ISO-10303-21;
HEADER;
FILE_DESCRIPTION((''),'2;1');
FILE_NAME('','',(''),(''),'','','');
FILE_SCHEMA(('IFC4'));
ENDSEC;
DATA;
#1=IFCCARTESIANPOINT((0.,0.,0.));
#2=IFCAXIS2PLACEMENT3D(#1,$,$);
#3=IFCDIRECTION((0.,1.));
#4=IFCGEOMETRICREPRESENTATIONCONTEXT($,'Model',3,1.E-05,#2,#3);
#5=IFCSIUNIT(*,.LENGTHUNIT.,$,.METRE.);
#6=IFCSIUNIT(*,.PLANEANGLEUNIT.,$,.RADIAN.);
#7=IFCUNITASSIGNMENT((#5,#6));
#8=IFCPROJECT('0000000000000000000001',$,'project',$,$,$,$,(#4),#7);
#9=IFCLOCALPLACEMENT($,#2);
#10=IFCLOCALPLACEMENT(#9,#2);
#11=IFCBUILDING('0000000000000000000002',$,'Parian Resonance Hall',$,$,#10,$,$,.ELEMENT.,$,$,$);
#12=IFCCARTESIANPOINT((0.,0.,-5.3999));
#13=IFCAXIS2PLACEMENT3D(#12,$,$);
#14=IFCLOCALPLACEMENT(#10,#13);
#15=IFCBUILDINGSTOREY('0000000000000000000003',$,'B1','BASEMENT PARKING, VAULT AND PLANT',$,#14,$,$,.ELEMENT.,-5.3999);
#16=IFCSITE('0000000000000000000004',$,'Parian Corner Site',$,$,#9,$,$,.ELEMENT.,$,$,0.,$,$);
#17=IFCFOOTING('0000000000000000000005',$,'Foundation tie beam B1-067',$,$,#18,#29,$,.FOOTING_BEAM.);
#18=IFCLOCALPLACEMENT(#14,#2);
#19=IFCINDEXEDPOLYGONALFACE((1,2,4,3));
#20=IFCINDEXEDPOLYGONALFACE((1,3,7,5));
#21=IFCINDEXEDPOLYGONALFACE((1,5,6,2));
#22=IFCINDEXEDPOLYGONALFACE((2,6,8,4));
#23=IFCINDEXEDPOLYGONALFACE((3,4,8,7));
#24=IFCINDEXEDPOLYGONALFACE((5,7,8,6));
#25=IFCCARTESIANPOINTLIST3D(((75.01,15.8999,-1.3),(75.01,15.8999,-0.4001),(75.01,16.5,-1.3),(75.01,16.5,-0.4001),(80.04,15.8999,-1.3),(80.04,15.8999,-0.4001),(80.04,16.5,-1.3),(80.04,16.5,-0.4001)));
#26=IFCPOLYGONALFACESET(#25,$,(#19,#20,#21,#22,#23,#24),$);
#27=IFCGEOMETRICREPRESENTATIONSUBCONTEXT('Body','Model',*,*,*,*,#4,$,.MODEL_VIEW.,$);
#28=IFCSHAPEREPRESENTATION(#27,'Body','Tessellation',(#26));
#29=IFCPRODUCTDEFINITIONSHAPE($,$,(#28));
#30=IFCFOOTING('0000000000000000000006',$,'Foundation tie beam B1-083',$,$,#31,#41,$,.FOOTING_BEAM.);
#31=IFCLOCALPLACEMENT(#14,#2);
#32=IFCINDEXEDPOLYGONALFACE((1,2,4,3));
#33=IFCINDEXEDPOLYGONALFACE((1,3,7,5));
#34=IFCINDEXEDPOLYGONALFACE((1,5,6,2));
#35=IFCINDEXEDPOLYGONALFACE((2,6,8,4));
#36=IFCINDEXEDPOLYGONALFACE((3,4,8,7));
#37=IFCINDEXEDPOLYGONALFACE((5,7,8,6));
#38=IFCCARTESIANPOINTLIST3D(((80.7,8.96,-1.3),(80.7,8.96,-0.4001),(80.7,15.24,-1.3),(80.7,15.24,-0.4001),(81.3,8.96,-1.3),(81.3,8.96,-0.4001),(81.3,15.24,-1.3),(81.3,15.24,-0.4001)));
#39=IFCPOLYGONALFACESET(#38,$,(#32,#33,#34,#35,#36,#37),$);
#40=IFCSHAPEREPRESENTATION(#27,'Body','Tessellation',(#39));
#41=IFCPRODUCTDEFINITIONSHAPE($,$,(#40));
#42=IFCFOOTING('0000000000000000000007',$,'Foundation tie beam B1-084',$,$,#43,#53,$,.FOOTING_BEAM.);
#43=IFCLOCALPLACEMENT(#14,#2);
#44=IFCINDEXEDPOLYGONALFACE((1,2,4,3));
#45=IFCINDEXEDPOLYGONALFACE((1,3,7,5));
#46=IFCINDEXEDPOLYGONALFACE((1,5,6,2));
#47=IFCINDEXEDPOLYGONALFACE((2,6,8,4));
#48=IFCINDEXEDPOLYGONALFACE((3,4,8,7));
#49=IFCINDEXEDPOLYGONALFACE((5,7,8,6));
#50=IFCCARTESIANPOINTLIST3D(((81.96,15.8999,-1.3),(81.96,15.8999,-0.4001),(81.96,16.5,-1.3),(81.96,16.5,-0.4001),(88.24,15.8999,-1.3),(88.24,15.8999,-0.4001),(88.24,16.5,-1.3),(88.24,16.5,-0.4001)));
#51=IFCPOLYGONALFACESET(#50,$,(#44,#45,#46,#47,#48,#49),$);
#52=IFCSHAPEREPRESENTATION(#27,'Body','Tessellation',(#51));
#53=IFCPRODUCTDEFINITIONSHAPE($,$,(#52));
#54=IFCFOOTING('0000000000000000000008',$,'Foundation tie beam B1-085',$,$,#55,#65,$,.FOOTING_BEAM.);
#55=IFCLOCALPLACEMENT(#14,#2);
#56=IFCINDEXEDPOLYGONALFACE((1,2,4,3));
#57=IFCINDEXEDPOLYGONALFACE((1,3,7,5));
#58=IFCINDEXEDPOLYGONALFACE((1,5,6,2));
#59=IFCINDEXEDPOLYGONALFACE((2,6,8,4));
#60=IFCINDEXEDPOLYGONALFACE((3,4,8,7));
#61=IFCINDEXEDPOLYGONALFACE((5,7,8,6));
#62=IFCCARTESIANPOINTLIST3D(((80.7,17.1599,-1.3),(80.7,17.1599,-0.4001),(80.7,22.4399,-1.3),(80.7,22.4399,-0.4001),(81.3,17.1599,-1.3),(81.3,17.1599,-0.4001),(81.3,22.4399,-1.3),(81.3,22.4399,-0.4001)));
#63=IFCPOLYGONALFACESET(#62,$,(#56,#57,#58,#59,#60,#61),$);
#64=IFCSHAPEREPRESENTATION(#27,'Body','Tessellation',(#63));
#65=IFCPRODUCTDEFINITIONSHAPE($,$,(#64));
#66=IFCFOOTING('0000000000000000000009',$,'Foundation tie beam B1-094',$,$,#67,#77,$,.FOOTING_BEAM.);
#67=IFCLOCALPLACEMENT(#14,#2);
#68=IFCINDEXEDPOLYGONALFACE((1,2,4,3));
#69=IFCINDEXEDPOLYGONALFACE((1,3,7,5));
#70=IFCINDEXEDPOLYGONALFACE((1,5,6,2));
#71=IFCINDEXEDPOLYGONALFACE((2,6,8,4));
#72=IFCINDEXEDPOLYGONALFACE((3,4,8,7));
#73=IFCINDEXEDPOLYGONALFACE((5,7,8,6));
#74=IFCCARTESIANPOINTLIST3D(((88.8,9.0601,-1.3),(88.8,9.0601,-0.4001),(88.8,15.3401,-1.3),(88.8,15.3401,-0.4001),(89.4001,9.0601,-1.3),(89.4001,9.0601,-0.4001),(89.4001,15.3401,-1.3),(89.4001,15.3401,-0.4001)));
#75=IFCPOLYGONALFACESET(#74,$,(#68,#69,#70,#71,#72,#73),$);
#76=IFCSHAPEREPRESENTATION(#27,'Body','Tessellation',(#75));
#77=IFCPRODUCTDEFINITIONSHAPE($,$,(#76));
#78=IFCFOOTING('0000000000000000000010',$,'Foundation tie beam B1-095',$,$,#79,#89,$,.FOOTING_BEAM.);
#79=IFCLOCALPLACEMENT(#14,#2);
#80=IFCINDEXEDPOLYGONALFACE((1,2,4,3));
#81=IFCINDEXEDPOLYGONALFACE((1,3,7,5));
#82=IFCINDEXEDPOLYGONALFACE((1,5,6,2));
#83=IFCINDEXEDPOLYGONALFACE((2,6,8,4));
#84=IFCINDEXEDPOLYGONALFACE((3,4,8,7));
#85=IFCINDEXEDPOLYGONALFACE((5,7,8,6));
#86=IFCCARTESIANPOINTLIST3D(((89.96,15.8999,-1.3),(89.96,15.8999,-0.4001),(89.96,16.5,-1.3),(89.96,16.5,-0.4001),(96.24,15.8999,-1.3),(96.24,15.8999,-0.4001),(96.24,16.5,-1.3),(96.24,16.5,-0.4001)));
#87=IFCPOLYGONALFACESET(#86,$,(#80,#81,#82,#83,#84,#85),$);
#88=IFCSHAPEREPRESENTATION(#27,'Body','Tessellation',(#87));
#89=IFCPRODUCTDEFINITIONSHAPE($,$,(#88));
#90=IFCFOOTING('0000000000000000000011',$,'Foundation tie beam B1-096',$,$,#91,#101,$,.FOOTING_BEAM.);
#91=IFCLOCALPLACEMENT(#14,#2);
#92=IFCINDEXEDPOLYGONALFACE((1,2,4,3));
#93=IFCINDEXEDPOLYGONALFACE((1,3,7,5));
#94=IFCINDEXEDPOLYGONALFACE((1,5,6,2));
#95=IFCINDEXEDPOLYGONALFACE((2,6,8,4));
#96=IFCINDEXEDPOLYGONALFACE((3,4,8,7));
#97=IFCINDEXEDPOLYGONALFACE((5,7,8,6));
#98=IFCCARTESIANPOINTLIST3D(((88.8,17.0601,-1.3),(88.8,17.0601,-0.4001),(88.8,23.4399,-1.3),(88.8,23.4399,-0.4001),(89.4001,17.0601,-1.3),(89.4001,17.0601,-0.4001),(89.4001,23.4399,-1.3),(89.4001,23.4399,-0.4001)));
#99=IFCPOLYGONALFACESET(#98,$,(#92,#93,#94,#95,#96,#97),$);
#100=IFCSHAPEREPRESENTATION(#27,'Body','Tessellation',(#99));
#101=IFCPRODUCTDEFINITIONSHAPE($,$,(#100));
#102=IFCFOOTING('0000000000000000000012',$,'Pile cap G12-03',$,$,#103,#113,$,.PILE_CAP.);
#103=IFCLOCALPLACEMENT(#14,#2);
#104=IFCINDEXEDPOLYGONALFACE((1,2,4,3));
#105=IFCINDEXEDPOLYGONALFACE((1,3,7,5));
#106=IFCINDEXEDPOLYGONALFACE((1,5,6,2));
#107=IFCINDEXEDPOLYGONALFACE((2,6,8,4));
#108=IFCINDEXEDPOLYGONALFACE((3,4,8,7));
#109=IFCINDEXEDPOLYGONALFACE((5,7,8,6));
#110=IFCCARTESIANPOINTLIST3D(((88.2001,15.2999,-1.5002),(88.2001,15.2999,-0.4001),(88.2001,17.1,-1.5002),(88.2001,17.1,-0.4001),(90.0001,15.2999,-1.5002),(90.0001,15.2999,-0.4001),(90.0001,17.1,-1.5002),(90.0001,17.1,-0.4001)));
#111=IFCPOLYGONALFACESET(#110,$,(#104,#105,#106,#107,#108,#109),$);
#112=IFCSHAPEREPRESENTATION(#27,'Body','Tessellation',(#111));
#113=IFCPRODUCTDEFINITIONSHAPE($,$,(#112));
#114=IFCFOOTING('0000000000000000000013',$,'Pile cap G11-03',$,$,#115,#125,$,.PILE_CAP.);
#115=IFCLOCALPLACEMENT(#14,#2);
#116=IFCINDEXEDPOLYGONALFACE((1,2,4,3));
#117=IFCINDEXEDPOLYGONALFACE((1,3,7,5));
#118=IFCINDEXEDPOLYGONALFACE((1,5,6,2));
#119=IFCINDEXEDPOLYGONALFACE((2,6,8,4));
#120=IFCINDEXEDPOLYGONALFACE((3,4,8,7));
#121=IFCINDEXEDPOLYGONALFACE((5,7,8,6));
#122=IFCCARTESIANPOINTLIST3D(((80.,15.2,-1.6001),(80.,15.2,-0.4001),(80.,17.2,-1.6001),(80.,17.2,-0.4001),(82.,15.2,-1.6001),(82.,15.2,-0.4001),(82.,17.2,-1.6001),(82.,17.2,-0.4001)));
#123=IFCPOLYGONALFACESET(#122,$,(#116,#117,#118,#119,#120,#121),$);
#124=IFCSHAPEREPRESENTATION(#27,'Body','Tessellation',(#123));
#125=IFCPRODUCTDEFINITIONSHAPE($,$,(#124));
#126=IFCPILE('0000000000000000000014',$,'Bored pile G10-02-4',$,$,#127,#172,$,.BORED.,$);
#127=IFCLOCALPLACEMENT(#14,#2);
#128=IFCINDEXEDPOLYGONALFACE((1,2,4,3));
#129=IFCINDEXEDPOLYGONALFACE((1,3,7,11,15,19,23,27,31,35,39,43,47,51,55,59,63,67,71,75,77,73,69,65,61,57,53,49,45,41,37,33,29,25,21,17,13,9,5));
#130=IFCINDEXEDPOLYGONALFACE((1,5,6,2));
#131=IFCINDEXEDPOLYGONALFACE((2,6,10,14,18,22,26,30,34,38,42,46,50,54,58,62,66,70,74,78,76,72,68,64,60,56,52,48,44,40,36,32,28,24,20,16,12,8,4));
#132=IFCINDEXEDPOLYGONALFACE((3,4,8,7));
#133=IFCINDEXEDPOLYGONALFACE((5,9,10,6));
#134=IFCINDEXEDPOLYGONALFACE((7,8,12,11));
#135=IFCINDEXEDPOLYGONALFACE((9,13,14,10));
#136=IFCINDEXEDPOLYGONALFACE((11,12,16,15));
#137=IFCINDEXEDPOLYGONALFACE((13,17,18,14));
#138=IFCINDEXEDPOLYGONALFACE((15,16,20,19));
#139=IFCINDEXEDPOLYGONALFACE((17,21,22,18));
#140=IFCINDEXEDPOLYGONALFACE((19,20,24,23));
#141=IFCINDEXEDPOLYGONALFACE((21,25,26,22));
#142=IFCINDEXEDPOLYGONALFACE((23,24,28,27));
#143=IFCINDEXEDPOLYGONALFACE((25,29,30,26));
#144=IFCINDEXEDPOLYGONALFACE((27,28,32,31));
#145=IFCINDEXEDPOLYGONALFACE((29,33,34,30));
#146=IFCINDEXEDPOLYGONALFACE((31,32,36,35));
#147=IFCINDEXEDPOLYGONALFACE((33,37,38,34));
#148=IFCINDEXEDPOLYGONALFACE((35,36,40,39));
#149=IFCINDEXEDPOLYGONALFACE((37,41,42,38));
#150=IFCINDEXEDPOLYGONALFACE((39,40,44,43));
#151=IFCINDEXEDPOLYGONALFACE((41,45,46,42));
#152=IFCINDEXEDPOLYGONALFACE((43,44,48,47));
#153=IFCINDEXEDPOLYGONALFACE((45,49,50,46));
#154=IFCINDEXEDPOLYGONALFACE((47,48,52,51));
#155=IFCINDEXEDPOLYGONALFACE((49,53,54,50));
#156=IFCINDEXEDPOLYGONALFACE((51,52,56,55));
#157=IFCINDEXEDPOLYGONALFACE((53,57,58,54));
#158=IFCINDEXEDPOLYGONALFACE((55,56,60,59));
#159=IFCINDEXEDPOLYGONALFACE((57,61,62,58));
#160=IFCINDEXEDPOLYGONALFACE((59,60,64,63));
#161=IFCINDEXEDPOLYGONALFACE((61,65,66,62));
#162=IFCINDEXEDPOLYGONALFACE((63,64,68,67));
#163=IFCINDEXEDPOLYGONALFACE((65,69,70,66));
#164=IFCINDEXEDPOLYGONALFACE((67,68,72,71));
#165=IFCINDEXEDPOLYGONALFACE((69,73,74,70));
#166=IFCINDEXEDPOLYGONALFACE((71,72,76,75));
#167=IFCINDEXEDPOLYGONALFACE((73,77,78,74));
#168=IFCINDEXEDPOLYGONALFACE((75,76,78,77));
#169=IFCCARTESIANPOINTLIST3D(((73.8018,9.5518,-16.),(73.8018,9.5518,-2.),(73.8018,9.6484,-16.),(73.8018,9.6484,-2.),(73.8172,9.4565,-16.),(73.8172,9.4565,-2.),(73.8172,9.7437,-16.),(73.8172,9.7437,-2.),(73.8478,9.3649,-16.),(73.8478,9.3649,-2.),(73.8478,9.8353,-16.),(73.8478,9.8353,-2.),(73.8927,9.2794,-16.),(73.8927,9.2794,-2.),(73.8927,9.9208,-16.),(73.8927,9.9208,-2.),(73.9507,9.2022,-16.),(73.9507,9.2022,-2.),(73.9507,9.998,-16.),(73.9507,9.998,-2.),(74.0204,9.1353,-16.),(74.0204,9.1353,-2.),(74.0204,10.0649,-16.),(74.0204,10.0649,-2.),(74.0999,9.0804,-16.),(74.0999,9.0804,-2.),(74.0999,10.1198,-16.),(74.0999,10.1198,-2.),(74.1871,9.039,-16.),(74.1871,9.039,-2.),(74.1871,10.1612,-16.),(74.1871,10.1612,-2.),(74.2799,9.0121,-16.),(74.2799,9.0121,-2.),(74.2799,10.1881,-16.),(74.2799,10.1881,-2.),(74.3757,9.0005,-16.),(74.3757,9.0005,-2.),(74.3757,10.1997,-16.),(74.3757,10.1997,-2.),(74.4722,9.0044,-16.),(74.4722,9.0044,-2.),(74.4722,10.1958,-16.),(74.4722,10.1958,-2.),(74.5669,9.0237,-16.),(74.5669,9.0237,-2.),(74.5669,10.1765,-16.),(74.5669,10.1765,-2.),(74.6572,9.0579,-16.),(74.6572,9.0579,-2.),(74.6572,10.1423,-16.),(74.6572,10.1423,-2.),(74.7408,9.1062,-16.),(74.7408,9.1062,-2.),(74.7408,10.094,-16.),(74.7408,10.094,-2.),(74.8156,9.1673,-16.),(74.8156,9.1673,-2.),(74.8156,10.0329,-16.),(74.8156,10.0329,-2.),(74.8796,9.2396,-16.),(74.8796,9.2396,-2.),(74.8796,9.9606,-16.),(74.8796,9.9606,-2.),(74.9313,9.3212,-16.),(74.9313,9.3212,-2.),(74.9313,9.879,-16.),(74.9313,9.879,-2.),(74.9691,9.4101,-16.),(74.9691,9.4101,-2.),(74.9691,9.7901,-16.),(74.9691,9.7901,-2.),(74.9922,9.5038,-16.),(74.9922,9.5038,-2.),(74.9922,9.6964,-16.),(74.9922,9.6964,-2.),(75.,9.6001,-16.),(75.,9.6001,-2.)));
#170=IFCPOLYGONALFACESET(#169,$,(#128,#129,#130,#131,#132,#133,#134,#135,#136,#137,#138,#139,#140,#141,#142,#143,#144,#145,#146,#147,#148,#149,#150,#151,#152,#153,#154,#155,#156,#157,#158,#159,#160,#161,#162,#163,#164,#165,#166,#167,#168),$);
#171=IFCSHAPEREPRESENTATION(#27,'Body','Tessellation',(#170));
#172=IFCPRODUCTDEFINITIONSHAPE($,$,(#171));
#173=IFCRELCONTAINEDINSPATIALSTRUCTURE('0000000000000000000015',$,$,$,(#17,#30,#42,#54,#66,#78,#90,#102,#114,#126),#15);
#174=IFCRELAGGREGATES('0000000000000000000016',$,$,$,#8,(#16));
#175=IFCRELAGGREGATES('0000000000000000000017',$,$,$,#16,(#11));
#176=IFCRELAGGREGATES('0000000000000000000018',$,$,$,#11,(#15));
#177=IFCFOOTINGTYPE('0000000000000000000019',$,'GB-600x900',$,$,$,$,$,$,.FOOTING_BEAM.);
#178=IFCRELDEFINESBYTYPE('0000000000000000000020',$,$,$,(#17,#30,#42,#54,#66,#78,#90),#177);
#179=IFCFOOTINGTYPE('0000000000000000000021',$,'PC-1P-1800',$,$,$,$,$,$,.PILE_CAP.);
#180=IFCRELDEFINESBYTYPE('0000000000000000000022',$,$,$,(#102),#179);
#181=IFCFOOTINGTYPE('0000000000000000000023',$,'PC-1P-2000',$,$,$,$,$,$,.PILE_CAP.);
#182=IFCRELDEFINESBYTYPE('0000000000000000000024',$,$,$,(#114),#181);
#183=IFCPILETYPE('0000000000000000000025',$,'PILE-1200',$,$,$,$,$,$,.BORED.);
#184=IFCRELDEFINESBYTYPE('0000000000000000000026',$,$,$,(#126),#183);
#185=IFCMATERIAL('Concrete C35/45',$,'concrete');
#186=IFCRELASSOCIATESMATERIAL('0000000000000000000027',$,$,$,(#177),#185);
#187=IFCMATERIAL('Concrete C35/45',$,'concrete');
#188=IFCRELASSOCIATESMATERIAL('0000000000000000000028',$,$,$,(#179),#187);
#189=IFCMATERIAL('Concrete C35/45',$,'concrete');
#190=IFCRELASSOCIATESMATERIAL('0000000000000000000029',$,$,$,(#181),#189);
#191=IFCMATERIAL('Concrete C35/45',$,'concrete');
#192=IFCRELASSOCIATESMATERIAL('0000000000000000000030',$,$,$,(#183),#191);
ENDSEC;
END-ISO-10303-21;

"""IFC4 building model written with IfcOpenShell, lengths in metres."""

from ifc_helpers import new_model, si_unit, direction, frame, origin, origin_2d, place, context, subcontext, project, spatial, rectangle, circle, extrude, material, material_profile, profile_set, type_object, element, save


model = new_model("IFC4")

# Units and contexts
model_context = context("Model", 3, precision=1e-05, world=origin(), true_north=direction((0.0, 1.0)))
body_context = subcontext(model_context, "Body", "Model", "MODEL_VIEW")
ifc_project = project(units=[si_unit("LENGTHUNIT", "METRE"), si_unit("PLANEANGLEUNIT", "RADIAN")], contexts=[model_context])

# Site, building, storey
site_placement = place(None, origin())
site = spatial("IfcSite", under=ifc_project, at=site_placement, Name="Parian Corner Site", CompositionType="ELEMENT", RefElevation=0.0)
building_placement = place(site_placement, origin())
building = spatial("IfcBuilding", under=site, at=building_placement, Name="Parian Resonance Hall", CompositionType="ELEMENT")
storey_placement = place(building_placement, frame((0.0, 0.0, -5.3999)))
storey = spatial("IfcBuildingStorey", under=building, at=storey_placement, Name="B1", Description="BASEMENT PARKING, VAULT AND PLANT", CompositionType="ELEMENT", Elevation=-5.3999)

# Footings
ifc_material_1 = material(Name="Concrete C35/45", Category="concrete")
ifc_material_profile_1 = material_profile(ifc_material_1, rectangle(XDim=0.6001, YDim=0.8999, at=origin_2d()), Name="RC-GB-600x900")
ifc_profile_set_1 = profile_set([ifc_material_profile_1], Name="Concrete C35/45")
footing_type_1 = type_object("IfcFootingType", Name="GB-600x900", PredefinedType="FOOTING_BEAM", material=ifc_profile_set_1)
footing_1_placement = place(storey_placement, frame((75.01, 16.2, -0.8501), z_axis=(1.0, 0.0, 0.0), x_axis=(0.0, 1.0, 0.0)))
element("IfcFooting", 1, at=footing_1_placement, inside=storey, type_object=footing_type_1, Name="Foundation tie beam B1-067", PredefinedType="FOOTING_BEAM", context=body_context, shape_type="SweptSolid", body=[
    extrude(rectangle(XDim=0.6001, YDim=0.8999, at=origin_2d()), origin(), (0.0, 0.0, 1.0), 5.03),
])
for number, where, z_axis, x_axis, name in (
    (2, (81.0, 8.96, -0.8501), (0.0, 1.0, 0.0), (-1.0, 0.0, 0.0), "Foundation tie beam B1-083"),
    (3, (81.96, 16.2, -0.8501), (1.0, 0.0, 0.0), (0.0, 1.0, 0.0), "Foundation tie beam B1-084"),
):
    element("IfcFooting", number, at=place(storey_placement, frame(where, z_axis=z_axis, x_axis=x_axis)), inside=storey, type_object=footing_type_1, Name=name, PredefinedType="FOOTING_BEAM", context=body_context, shape_type="SweptSolid", body=[
        extrude(rectangle(XDim=0.6001, YDim=0.8999, at=origin_2d()), origin(), (0.0, 0.0, 1.0), 6.28),
    ])
footing_2_placement = place(storey_placement, frame((81.0, 17.1599, -0.8501), z_axis=(0.0, 1.0, 0.0), x_axis=(-1.0, 0.0, 0.0)))
element("IfcFooting", 4, at=footing_2_placement, inside=storey, type_object=footing_type_1, Name="Foundation tie beam B1-085", PredefinedType="FOOTING_BEAM", context=body_context, shape_type="SweptSolid", body=[
    extrude(rectangle(XDim=0.6001, YDim=0.8999, at=origin_2d()), origin(), (0.0, 0.0, 1.0), 5.28),
])
for number, where, z_axis, x_axis, name in (
    (5, (89.1001, 9.0601, -0.8501), (0.0, 1.0, 0.0), (-1.0, 0.0, 0.0), "Foundation tie beam B1-094"),
    (6, (89.96, 16.2, -0.8501), (1.0, 0.0, 0.0), (0.0, 1.0, 0.0), "Foundation tie beam B1-095"),
):
    element("IfcFooting", number, at=place(storey_placement, frame(where, z_axis=z_axis, x_axis=x_axis)), inside=storey, type_object=footing_type_1, Name=name, PredefinedType="FOOTING_BEAM", context=body_context, shape_type="SweptSolid", body=[
        extrude(rectangle(XDim=0.6001, YDim=0.8999, at=origin_2d()), origin(), (0.0, 0.0, 1.0), 6.28),
    ])
footing_3_placement = place(storey_placement, frame((89.1001, 17.0601, -0.8501), z_axis=(0.0, 1.0, 0.0), x_axis=(-1.0, 0.0, 0.0)))
element("IfcFooting", 7, at=footing_3_placement, inside=storey, type_object=footing_type_1, Name="Foundation tie beam B1-096", PredefinedType="FOOTING_BEAM", context=body_context, shape_type="SweptSolid", body=[
    extrude(rectangle(XDim=0.6001, YDim=0.8999, at=origin_2d()), origin(), (0.0, 0.0, 1.0), 6.3799),
])
ifc_material_2 = material(Name="Concrete C35/45", Category="concrete")
footing_type_2 = type_object("IfcFootingType", Name="PC-1P-1800", PredefinedType="PILE_CAP", material=ifc_material_2)
footing_4_placement = place(storey_placement, frame((89.1001, 16.2, -1.5002), z_axis=(0.0, 0.0, 1.0), x_axis=(1.0, 0.0, 0.0)))
element("IfcFooting", 8, at=footing_4_placement, inside=storey, type_object=footing_type_2, Name="Pile cap G12-03", PredefinedType="PILE_CAP", context=body_context, shape_type="SweptSolid", body=[
    extrude(rectangle(XDim=1.8, YDim=1.8, at=origin_2d()), origin(), (0.0, 0.0, 1.0), 1.1001),
])
ifc_material_3 = material(Name="Concrete C35/45", Category="concrete")
footing_type_3 = type_object("IfcFootingType", Name="PC-1P-2000", PredefinedType="PILE_CAP", material=ifc_material_3)
footing_5_placement = place(storey_placement, frame((81.0, 16.2, -1.6001), z_axis=(0.0, 0.0, 1.0), x_axis=(1.0, 0.0, 0.0)))
element("IfcFooting", 9, at=footing_5_placement, inside=storey, type_object=footing_type_3, Name="Pile cap G11-03", PredefinedType="PILE_CAP", context=body_context, shape_type="SweptSolid", body=[
    extrude(rectangle(XDim=2.0, YDim=2.0, at=origin_2d()), origin(), (0.0, 0.0, 1.0), 1.2),
])

# Pile
ifc_material_4 = material(Name="Concrete C35/45", Category="concrete")
ifc_material_profile_2 = material_profile(ifc_material_4, circle(Radius=0.6001, at=origin_2d()), Name="PILE-D1200")
ifc_profile_set_2 = profile_set([ifc_material_profile_2], Name="Concrete C35/45")
pile_type_1 = type_object("IfcPileType", Name="PILE-1200", PredefinedType="BORED", material=ifc_profile_set_2)
for number, where, z_axis, x_axis, name in (
    (10, (74.3999, 9.6001, -2.0), (0.0, 0.0, -1.0), (1.0, 0.0, 0.0), "Bored pile G10-02-4"),
):
    element("IfcPile", number, at=place(storey_placement, frame(where, z_axis=z_axis, x_axis=x_axis)), inside=storey, type_object=pile_type_1, Name=name, PredefinedType="BORED", context=body_context, shape_type="SweptSolid", body=[
        extrude(circle(Radius=0.6001, at=origin_2d()), origin(), (0.0, 0.0, 1.0), 14.0),
    ])

save(model, "model.ifc")
